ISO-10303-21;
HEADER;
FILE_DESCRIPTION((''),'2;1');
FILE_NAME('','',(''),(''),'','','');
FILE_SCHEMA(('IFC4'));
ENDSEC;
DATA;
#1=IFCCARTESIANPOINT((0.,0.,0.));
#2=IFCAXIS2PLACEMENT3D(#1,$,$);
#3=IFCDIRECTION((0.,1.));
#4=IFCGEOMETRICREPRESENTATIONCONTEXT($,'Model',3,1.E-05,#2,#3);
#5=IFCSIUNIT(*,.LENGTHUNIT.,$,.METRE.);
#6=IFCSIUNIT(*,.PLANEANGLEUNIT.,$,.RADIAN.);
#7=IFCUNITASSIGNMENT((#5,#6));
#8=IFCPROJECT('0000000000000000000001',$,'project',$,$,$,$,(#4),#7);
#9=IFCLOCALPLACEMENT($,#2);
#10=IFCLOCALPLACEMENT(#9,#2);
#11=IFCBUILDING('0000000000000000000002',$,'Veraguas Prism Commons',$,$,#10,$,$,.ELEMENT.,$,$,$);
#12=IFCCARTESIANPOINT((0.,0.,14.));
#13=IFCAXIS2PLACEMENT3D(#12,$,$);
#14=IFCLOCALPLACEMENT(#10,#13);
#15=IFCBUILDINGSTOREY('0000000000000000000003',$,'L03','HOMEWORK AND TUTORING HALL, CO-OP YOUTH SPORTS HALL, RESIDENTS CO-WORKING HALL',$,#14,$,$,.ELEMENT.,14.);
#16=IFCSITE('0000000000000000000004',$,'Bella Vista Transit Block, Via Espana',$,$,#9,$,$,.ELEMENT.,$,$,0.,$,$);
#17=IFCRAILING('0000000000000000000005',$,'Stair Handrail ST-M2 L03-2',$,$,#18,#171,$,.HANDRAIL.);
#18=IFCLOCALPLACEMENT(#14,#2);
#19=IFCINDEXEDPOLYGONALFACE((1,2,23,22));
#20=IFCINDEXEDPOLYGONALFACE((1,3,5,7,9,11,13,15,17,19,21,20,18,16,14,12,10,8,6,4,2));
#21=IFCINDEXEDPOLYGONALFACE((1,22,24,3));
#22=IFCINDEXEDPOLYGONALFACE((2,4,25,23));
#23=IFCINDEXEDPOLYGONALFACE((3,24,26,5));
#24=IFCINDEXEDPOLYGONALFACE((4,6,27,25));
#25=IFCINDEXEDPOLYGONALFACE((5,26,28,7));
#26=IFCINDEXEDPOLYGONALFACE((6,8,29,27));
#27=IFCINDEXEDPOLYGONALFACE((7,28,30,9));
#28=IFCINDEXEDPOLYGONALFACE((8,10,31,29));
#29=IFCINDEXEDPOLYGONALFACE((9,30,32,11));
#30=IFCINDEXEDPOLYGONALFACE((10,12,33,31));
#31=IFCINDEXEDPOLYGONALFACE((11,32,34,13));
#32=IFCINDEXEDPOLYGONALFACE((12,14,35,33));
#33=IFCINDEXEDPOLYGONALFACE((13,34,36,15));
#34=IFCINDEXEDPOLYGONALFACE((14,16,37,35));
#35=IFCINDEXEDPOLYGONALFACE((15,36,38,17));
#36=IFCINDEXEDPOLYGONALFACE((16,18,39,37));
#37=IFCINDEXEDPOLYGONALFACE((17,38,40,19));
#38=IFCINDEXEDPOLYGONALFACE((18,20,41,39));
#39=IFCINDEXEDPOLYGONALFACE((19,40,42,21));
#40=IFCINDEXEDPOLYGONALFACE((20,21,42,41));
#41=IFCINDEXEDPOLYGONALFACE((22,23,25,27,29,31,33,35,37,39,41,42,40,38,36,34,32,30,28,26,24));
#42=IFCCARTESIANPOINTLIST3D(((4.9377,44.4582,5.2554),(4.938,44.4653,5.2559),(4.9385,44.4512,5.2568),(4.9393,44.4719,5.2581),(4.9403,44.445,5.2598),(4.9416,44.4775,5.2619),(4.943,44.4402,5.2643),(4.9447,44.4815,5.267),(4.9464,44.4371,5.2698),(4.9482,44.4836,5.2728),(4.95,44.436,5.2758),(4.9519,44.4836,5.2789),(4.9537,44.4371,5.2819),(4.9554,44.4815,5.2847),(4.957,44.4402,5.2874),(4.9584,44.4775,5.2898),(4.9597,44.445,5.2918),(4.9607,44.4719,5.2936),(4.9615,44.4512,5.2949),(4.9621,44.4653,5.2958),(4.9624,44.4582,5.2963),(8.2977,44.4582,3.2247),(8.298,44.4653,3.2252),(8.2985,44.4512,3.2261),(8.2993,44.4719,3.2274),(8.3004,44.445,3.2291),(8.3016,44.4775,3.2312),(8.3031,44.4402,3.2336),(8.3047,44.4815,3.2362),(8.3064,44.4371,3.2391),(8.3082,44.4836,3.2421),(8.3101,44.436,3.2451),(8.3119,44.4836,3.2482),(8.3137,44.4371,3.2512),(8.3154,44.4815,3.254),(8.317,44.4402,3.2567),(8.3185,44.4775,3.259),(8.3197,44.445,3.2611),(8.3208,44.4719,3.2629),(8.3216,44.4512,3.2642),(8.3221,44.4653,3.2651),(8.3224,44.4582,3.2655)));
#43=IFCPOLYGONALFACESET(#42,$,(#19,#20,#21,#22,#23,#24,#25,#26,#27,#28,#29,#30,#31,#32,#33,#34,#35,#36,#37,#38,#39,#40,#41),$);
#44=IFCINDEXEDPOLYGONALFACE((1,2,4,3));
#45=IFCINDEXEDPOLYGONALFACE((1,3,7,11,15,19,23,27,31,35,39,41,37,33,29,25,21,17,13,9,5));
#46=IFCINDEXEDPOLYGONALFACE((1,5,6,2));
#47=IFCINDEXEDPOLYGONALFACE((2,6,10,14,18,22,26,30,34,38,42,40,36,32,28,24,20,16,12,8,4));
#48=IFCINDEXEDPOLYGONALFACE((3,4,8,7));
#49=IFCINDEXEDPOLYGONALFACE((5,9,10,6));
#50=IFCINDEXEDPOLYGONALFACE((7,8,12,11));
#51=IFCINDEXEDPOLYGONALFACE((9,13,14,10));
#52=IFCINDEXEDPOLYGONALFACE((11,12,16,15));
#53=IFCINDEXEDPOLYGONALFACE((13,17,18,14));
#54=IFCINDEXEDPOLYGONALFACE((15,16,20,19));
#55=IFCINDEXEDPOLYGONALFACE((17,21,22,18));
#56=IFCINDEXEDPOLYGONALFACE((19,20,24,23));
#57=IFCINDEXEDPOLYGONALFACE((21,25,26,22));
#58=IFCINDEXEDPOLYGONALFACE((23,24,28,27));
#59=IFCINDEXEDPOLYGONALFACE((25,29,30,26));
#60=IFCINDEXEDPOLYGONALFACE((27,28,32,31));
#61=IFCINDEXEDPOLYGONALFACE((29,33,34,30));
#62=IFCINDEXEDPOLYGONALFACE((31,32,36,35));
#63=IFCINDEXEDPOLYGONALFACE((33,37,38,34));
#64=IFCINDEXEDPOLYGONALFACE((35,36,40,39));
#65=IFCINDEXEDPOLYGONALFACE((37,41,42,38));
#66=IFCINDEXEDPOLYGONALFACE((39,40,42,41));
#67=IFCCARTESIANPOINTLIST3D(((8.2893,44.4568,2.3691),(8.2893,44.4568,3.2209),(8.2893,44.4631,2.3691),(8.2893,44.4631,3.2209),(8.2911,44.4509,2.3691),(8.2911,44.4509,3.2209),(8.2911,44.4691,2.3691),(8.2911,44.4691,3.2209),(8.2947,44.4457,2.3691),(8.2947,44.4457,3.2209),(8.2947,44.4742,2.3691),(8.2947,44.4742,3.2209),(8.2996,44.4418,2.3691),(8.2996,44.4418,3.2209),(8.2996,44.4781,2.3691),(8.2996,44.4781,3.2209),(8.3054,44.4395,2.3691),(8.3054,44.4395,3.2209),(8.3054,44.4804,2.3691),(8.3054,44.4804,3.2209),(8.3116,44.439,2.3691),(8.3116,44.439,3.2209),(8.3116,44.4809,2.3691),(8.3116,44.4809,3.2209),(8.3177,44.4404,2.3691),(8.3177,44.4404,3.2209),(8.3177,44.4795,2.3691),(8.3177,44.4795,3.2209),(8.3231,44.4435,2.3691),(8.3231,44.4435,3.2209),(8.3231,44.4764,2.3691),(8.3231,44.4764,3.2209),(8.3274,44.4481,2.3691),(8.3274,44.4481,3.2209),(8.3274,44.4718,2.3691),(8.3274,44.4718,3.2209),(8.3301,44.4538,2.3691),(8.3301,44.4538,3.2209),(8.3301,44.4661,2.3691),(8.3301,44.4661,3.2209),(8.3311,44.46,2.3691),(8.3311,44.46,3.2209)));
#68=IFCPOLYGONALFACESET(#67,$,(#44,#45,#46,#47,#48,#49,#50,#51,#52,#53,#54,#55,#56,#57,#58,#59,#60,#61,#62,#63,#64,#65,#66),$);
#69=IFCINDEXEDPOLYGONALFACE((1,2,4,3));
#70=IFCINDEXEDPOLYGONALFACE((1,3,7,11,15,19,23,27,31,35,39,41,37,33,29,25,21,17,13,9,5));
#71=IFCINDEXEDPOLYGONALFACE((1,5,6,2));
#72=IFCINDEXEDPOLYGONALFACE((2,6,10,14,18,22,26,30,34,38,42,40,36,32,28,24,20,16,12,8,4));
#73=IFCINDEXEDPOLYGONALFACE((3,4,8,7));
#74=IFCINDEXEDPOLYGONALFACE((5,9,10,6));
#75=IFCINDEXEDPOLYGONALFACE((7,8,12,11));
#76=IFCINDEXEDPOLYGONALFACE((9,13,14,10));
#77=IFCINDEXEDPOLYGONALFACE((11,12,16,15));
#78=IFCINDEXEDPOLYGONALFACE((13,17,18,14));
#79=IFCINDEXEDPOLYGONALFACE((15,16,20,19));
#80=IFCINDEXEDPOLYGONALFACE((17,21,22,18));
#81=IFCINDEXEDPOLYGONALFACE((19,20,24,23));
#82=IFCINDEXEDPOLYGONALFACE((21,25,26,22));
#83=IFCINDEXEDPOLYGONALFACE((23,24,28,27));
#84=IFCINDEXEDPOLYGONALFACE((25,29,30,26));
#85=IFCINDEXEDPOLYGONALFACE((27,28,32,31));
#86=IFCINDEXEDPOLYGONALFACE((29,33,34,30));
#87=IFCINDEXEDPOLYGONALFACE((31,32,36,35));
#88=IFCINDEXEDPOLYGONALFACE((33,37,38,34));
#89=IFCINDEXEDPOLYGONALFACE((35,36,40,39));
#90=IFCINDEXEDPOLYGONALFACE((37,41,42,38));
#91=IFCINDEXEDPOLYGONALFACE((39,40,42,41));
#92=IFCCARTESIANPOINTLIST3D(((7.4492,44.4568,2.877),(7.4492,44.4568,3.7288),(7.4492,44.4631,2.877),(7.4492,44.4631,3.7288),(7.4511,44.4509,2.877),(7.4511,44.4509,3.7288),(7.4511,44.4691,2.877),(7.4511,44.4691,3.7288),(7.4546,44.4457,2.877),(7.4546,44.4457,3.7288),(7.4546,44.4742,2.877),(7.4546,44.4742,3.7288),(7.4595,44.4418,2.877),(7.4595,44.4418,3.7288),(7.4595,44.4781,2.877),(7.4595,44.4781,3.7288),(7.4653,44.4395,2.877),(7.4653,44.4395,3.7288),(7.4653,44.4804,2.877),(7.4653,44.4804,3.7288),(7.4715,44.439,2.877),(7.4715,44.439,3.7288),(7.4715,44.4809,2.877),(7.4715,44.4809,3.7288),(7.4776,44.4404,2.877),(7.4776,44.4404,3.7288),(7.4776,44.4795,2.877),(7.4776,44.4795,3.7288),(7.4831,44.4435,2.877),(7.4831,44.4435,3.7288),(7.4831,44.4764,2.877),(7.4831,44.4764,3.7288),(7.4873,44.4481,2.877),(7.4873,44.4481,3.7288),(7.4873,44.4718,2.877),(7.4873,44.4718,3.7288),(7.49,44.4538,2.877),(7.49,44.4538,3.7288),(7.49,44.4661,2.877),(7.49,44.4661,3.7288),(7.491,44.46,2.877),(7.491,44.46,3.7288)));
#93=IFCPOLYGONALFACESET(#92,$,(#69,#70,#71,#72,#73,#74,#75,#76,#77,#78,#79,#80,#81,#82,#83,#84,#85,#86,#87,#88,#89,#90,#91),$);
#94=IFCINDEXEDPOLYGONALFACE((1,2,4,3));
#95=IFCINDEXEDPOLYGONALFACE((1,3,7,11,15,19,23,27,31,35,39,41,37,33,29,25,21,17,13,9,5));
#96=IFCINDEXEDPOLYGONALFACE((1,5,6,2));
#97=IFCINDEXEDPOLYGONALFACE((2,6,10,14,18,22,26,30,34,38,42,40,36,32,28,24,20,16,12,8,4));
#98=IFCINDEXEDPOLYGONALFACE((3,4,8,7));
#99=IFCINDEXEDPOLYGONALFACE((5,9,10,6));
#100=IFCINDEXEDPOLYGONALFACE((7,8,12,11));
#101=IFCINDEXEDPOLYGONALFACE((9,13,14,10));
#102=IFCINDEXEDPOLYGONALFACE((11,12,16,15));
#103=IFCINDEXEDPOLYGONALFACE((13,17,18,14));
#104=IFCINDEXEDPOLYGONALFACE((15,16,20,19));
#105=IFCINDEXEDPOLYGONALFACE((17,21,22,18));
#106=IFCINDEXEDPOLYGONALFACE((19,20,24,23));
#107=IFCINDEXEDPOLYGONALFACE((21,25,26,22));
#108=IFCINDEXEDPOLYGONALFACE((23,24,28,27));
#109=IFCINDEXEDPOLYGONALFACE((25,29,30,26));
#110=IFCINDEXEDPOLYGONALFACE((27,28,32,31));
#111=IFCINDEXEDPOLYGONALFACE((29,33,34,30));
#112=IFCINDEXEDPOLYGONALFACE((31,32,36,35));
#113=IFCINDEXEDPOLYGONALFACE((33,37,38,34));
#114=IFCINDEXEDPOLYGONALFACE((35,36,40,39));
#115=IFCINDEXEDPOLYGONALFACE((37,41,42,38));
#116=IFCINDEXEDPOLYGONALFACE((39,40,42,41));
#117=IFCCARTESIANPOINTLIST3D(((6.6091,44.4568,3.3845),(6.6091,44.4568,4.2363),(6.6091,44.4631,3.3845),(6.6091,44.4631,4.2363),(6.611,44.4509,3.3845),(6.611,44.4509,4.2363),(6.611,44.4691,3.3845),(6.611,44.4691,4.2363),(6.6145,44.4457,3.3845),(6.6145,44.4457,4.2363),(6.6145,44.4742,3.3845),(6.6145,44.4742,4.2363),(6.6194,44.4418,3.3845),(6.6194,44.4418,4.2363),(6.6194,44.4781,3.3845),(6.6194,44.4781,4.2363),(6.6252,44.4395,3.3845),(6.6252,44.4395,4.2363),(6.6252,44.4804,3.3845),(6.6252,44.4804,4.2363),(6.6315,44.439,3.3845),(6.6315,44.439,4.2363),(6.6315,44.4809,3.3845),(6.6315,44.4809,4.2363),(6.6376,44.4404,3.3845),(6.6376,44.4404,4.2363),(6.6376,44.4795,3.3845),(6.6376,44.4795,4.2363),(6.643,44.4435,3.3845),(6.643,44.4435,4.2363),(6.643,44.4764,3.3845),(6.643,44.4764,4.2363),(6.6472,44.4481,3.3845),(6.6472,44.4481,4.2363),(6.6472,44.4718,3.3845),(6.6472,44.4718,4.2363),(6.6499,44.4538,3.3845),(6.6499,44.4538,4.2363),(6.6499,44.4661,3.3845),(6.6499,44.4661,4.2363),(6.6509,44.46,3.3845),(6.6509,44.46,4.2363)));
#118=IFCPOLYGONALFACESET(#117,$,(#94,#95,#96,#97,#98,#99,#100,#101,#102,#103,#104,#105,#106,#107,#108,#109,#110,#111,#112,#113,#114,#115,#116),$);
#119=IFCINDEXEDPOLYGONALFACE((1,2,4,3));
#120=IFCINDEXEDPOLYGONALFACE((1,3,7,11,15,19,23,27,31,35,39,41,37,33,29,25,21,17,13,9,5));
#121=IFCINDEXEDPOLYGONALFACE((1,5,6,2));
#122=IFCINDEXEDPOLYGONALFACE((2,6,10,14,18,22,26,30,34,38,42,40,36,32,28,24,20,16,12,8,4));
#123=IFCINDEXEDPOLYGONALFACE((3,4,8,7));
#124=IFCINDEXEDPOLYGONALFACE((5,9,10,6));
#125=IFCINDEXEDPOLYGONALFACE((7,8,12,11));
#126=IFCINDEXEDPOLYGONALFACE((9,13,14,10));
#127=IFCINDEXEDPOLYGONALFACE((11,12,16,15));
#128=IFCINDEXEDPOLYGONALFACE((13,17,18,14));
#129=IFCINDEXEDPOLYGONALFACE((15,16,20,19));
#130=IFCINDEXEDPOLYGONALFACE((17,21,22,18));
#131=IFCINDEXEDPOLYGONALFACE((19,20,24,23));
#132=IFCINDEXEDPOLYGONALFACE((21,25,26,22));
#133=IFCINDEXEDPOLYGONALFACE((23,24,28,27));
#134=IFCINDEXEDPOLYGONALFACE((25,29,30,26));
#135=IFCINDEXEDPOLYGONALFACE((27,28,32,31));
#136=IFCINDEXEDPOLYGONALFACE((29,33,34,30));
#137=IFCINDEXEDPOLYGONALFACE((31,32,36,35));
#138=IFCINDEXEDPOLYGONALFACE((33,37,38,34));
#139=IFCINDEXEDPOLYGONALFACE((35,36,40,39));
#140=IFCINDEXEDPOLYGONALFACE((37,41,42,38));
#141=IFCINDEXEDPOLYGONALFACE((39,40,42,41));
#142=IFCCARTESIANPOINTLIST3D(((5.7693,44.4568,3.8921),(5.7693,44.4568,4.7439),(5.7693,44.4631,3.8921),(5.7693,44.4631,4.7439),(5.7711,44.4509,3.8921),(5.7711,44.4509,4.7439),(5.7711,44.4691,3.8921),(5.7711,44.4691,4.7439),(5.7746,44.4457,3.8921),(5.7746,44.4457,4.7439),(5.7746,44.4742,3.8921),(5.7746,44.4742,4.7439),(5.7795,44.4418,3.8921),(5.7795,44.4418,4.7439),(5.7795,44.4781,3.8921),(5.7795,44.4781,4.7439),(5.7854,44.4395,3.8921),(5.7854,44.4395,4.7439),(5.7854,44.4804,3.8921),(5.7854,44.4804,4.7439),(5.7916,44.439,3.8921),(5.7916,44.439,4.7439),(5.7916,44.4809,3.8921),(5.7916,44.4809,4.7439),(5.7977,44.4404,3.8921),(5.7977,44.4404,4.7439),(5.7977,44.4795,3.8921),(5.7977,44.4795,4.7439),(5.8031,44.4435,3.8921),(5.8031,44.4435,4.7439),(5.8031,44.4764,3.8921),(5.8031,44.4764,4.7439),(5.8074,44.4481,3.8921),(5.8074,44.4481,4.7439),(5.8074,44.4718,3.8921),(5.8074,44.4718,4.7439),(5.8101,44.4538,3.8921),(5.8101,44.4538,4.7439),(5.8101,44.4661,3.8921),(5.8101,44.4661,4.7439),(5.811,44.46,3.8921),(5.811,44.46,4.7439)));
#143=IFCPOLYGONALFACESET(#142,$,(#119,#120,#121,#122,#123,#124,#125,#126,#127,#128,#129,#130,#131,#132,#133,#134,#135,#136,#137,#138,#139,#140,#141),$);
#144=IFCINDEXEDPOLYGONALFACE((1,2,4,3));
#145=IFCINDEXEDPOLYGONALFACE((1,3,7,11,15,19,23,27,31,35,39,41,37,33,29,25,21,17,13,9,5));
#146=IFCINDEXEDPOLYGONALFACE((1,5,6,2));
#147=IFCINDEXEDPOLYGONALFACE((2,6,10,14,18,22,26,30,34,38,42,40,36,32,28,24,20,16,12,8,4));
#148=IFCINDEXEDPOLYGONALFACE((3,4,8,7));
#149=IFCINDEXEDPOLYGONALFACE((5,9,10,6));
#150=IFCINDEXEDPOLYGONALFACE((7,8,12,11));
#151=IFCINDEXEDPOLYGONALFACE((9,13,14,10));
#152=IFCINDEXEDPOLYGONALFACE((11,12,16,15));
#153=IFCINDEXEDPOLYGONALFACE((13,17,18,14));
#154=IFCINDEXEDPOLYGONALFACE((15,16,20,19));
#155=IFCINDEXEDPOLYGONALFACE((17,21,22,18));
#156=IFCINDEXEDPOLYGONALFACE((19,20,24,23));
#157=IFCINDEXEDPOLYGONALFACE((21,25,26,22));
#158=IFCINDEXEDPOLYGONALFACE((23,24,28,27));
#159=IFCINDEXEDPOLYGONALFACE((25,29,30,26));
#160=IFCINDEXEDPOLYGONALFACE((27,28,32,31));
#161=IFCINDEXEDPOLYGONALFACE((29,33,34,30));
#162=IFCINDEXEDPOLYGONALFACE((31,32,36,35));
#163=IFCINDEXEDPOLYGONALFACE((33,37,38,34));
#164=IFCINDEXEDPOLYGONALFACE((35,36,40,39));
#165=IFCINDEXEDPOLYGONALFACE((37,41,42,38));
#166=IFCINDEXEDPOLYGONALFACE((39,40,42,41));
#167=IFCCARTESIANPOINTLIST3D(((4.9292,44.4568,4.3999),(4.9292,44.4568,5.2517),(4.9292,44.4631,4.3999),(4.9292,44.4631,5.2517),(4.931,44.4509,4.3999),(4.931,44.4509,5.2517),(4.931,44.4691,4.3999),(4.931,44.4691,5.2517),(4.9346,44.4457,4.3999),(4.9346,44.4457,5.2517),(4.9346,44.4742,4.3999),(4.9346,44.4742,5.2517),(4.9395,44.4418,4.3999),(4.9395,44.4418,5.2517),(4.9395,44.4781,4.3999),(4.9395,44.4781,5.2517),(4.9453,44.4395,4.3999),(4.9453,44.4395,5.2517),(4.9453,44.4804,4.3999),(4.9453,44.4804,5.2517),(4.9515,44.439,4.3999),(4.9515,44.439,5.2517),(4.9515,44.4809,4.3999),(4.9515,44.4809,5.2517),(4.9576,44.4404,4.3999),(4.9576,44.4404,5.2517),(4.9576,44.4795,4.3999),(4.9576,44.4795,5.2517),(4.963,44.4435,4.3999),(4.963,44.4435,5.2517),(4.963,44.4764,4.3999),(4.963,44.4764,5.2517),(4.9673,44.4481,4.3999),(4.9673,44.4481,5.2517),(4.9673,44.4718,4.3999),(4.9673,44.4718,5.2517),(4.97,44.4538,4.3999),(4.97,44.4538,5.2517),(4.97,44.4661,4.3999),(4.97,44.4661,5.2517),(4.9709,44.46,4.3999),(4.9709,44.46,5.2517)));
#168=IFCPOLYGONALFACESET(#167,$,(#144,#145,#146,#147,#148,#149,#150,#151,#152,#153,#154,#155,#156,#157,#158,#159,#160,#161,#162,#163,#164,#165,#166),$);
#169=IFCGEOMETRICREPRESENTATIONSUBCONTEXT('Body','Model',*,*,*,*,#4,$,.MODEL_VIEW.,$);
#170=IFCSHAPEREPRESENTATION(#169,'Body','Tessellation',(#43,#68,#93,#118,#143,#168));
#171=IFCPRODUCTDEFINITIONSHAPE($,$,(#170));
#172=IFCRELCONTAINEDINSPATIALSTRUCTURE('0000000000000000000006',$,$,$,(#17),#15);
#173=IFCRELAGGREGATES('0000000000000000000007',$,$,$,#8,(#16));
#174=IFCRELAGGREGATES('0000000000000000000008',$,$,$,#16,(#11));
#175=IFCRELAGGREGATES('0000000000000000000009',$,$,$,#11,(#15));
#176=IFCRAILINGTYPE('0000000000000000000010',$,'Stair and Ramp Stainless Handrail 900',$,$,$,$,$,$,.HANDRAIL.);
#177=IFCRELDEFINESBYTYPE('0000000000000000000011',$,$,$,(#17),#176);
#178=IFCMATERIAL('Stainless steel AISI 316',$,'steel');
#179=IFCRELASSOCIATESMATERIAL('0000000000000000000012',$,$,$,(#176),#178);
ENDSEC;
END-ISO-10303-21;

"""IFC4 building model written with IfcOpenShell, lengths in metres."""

from ifc_helpers import new_model, si_unit, direction, frame, origin, origin_2d, place, context, subcontext, project, spatial, circle, extrude, material, type_object, element, save


model = new_model("IFC4")

# Units and contexts
model_context = context("Model", 3, precision=1e-05, world=origin(), true_north=direction((0.0, 1.0)))
body_context = subcontext(model_context, "Body", "Model", "MODEL_VIEW")
ifc_project = project(units=[si_unit("LENGTHUNIT", "METRE"), si_unit("PLANEANGLEUNIT", "RADIAN")], contexts=[model_context])

# Site, building, storey
site_placement = place(None, origin())
site = spatial("IfcSite", under=ifc_project, at=site_placement, Name="Bella Vista Transit Block, Via Espana", CompositionType="ELEMENT", RefElevation=0.0)
building_placement = place(site_placement, origin())
building = spatial("IfcBuilding", under=site, at=building_placement, Name="Veraguas Prism Commons", CompositionType="ELEMENT")
storey_placement = place(building_placement, frame((0.0, 0.0, 14.0)))
storey = spatial("IfcBuildingStorey", under=building, at=storey_placement, Name="L03", Description="HOMEWORK AND TUTORING HALL, CO-OP YOUTH SPORTS HALL, RESIDENTS CO-WORKING HALL", CompositionType="ELEMENT", Elevation=14.0)

# Railing
ifc_material_1 = material(Name="Stainless steel AISI 316", Category="steel")
railing_type_1 = type_object("IfcRailingType", Name="Stair and Ramp Stainless Handrail 900", PredefinedType="HANDRAIL", material=ifc_material_1)
railing_1_placement = place(storey_placement, frame((8.3101, 44.46, 2.3691)))
element("IfcRailing", 1, at=railing_1_placement, inside=storey, type_object=railing_type_1, Name="Stair Handrail ST-M2 L03-2", PredefinedType="HANDRAIL", context=body_context, shape_type="SweptSolid", body=[
    extrude(circle(Radius=0.0239, at=origin_2d()), frame((0.0, 0.0, 0.876), z_axis=(-0.855837, 0.0, 0.517246), x_axis=(0.0, -1.0, 0.0)), (0.0, 0.0, 1.0), 3.926),
    extrude(circle(Radius=0.021, at=origin_2d()), origin(), (0.0, 0.0, 1.0), 0.8518),
    extrude(circle(Radius=0.021, at=origin_2d()), frame((-0.8401, 0.0, 0.5078)), (0.0, 0.0, 1.0), 0.8518),
    extrude(circle(Radius=0.021, at=origin_2d()), frame((-1.6802, 0.0, 1.0154)), (0.0, 0.0, 1.0), 0.8518),
    extrude(circle(Radius=0.021, at=origin_2d()), frame((-2.52, 0.0, 1.5229)), (0.0, 0.0, 1.0), 0.8518),
    extrude(circle(Radius=0.021, at=origin_2d()), frame((-3.3601, 0.0, 2.0308)), (0.0, 0.0, 1.0), 0.8518),
])

save(model, "model.ifc")
